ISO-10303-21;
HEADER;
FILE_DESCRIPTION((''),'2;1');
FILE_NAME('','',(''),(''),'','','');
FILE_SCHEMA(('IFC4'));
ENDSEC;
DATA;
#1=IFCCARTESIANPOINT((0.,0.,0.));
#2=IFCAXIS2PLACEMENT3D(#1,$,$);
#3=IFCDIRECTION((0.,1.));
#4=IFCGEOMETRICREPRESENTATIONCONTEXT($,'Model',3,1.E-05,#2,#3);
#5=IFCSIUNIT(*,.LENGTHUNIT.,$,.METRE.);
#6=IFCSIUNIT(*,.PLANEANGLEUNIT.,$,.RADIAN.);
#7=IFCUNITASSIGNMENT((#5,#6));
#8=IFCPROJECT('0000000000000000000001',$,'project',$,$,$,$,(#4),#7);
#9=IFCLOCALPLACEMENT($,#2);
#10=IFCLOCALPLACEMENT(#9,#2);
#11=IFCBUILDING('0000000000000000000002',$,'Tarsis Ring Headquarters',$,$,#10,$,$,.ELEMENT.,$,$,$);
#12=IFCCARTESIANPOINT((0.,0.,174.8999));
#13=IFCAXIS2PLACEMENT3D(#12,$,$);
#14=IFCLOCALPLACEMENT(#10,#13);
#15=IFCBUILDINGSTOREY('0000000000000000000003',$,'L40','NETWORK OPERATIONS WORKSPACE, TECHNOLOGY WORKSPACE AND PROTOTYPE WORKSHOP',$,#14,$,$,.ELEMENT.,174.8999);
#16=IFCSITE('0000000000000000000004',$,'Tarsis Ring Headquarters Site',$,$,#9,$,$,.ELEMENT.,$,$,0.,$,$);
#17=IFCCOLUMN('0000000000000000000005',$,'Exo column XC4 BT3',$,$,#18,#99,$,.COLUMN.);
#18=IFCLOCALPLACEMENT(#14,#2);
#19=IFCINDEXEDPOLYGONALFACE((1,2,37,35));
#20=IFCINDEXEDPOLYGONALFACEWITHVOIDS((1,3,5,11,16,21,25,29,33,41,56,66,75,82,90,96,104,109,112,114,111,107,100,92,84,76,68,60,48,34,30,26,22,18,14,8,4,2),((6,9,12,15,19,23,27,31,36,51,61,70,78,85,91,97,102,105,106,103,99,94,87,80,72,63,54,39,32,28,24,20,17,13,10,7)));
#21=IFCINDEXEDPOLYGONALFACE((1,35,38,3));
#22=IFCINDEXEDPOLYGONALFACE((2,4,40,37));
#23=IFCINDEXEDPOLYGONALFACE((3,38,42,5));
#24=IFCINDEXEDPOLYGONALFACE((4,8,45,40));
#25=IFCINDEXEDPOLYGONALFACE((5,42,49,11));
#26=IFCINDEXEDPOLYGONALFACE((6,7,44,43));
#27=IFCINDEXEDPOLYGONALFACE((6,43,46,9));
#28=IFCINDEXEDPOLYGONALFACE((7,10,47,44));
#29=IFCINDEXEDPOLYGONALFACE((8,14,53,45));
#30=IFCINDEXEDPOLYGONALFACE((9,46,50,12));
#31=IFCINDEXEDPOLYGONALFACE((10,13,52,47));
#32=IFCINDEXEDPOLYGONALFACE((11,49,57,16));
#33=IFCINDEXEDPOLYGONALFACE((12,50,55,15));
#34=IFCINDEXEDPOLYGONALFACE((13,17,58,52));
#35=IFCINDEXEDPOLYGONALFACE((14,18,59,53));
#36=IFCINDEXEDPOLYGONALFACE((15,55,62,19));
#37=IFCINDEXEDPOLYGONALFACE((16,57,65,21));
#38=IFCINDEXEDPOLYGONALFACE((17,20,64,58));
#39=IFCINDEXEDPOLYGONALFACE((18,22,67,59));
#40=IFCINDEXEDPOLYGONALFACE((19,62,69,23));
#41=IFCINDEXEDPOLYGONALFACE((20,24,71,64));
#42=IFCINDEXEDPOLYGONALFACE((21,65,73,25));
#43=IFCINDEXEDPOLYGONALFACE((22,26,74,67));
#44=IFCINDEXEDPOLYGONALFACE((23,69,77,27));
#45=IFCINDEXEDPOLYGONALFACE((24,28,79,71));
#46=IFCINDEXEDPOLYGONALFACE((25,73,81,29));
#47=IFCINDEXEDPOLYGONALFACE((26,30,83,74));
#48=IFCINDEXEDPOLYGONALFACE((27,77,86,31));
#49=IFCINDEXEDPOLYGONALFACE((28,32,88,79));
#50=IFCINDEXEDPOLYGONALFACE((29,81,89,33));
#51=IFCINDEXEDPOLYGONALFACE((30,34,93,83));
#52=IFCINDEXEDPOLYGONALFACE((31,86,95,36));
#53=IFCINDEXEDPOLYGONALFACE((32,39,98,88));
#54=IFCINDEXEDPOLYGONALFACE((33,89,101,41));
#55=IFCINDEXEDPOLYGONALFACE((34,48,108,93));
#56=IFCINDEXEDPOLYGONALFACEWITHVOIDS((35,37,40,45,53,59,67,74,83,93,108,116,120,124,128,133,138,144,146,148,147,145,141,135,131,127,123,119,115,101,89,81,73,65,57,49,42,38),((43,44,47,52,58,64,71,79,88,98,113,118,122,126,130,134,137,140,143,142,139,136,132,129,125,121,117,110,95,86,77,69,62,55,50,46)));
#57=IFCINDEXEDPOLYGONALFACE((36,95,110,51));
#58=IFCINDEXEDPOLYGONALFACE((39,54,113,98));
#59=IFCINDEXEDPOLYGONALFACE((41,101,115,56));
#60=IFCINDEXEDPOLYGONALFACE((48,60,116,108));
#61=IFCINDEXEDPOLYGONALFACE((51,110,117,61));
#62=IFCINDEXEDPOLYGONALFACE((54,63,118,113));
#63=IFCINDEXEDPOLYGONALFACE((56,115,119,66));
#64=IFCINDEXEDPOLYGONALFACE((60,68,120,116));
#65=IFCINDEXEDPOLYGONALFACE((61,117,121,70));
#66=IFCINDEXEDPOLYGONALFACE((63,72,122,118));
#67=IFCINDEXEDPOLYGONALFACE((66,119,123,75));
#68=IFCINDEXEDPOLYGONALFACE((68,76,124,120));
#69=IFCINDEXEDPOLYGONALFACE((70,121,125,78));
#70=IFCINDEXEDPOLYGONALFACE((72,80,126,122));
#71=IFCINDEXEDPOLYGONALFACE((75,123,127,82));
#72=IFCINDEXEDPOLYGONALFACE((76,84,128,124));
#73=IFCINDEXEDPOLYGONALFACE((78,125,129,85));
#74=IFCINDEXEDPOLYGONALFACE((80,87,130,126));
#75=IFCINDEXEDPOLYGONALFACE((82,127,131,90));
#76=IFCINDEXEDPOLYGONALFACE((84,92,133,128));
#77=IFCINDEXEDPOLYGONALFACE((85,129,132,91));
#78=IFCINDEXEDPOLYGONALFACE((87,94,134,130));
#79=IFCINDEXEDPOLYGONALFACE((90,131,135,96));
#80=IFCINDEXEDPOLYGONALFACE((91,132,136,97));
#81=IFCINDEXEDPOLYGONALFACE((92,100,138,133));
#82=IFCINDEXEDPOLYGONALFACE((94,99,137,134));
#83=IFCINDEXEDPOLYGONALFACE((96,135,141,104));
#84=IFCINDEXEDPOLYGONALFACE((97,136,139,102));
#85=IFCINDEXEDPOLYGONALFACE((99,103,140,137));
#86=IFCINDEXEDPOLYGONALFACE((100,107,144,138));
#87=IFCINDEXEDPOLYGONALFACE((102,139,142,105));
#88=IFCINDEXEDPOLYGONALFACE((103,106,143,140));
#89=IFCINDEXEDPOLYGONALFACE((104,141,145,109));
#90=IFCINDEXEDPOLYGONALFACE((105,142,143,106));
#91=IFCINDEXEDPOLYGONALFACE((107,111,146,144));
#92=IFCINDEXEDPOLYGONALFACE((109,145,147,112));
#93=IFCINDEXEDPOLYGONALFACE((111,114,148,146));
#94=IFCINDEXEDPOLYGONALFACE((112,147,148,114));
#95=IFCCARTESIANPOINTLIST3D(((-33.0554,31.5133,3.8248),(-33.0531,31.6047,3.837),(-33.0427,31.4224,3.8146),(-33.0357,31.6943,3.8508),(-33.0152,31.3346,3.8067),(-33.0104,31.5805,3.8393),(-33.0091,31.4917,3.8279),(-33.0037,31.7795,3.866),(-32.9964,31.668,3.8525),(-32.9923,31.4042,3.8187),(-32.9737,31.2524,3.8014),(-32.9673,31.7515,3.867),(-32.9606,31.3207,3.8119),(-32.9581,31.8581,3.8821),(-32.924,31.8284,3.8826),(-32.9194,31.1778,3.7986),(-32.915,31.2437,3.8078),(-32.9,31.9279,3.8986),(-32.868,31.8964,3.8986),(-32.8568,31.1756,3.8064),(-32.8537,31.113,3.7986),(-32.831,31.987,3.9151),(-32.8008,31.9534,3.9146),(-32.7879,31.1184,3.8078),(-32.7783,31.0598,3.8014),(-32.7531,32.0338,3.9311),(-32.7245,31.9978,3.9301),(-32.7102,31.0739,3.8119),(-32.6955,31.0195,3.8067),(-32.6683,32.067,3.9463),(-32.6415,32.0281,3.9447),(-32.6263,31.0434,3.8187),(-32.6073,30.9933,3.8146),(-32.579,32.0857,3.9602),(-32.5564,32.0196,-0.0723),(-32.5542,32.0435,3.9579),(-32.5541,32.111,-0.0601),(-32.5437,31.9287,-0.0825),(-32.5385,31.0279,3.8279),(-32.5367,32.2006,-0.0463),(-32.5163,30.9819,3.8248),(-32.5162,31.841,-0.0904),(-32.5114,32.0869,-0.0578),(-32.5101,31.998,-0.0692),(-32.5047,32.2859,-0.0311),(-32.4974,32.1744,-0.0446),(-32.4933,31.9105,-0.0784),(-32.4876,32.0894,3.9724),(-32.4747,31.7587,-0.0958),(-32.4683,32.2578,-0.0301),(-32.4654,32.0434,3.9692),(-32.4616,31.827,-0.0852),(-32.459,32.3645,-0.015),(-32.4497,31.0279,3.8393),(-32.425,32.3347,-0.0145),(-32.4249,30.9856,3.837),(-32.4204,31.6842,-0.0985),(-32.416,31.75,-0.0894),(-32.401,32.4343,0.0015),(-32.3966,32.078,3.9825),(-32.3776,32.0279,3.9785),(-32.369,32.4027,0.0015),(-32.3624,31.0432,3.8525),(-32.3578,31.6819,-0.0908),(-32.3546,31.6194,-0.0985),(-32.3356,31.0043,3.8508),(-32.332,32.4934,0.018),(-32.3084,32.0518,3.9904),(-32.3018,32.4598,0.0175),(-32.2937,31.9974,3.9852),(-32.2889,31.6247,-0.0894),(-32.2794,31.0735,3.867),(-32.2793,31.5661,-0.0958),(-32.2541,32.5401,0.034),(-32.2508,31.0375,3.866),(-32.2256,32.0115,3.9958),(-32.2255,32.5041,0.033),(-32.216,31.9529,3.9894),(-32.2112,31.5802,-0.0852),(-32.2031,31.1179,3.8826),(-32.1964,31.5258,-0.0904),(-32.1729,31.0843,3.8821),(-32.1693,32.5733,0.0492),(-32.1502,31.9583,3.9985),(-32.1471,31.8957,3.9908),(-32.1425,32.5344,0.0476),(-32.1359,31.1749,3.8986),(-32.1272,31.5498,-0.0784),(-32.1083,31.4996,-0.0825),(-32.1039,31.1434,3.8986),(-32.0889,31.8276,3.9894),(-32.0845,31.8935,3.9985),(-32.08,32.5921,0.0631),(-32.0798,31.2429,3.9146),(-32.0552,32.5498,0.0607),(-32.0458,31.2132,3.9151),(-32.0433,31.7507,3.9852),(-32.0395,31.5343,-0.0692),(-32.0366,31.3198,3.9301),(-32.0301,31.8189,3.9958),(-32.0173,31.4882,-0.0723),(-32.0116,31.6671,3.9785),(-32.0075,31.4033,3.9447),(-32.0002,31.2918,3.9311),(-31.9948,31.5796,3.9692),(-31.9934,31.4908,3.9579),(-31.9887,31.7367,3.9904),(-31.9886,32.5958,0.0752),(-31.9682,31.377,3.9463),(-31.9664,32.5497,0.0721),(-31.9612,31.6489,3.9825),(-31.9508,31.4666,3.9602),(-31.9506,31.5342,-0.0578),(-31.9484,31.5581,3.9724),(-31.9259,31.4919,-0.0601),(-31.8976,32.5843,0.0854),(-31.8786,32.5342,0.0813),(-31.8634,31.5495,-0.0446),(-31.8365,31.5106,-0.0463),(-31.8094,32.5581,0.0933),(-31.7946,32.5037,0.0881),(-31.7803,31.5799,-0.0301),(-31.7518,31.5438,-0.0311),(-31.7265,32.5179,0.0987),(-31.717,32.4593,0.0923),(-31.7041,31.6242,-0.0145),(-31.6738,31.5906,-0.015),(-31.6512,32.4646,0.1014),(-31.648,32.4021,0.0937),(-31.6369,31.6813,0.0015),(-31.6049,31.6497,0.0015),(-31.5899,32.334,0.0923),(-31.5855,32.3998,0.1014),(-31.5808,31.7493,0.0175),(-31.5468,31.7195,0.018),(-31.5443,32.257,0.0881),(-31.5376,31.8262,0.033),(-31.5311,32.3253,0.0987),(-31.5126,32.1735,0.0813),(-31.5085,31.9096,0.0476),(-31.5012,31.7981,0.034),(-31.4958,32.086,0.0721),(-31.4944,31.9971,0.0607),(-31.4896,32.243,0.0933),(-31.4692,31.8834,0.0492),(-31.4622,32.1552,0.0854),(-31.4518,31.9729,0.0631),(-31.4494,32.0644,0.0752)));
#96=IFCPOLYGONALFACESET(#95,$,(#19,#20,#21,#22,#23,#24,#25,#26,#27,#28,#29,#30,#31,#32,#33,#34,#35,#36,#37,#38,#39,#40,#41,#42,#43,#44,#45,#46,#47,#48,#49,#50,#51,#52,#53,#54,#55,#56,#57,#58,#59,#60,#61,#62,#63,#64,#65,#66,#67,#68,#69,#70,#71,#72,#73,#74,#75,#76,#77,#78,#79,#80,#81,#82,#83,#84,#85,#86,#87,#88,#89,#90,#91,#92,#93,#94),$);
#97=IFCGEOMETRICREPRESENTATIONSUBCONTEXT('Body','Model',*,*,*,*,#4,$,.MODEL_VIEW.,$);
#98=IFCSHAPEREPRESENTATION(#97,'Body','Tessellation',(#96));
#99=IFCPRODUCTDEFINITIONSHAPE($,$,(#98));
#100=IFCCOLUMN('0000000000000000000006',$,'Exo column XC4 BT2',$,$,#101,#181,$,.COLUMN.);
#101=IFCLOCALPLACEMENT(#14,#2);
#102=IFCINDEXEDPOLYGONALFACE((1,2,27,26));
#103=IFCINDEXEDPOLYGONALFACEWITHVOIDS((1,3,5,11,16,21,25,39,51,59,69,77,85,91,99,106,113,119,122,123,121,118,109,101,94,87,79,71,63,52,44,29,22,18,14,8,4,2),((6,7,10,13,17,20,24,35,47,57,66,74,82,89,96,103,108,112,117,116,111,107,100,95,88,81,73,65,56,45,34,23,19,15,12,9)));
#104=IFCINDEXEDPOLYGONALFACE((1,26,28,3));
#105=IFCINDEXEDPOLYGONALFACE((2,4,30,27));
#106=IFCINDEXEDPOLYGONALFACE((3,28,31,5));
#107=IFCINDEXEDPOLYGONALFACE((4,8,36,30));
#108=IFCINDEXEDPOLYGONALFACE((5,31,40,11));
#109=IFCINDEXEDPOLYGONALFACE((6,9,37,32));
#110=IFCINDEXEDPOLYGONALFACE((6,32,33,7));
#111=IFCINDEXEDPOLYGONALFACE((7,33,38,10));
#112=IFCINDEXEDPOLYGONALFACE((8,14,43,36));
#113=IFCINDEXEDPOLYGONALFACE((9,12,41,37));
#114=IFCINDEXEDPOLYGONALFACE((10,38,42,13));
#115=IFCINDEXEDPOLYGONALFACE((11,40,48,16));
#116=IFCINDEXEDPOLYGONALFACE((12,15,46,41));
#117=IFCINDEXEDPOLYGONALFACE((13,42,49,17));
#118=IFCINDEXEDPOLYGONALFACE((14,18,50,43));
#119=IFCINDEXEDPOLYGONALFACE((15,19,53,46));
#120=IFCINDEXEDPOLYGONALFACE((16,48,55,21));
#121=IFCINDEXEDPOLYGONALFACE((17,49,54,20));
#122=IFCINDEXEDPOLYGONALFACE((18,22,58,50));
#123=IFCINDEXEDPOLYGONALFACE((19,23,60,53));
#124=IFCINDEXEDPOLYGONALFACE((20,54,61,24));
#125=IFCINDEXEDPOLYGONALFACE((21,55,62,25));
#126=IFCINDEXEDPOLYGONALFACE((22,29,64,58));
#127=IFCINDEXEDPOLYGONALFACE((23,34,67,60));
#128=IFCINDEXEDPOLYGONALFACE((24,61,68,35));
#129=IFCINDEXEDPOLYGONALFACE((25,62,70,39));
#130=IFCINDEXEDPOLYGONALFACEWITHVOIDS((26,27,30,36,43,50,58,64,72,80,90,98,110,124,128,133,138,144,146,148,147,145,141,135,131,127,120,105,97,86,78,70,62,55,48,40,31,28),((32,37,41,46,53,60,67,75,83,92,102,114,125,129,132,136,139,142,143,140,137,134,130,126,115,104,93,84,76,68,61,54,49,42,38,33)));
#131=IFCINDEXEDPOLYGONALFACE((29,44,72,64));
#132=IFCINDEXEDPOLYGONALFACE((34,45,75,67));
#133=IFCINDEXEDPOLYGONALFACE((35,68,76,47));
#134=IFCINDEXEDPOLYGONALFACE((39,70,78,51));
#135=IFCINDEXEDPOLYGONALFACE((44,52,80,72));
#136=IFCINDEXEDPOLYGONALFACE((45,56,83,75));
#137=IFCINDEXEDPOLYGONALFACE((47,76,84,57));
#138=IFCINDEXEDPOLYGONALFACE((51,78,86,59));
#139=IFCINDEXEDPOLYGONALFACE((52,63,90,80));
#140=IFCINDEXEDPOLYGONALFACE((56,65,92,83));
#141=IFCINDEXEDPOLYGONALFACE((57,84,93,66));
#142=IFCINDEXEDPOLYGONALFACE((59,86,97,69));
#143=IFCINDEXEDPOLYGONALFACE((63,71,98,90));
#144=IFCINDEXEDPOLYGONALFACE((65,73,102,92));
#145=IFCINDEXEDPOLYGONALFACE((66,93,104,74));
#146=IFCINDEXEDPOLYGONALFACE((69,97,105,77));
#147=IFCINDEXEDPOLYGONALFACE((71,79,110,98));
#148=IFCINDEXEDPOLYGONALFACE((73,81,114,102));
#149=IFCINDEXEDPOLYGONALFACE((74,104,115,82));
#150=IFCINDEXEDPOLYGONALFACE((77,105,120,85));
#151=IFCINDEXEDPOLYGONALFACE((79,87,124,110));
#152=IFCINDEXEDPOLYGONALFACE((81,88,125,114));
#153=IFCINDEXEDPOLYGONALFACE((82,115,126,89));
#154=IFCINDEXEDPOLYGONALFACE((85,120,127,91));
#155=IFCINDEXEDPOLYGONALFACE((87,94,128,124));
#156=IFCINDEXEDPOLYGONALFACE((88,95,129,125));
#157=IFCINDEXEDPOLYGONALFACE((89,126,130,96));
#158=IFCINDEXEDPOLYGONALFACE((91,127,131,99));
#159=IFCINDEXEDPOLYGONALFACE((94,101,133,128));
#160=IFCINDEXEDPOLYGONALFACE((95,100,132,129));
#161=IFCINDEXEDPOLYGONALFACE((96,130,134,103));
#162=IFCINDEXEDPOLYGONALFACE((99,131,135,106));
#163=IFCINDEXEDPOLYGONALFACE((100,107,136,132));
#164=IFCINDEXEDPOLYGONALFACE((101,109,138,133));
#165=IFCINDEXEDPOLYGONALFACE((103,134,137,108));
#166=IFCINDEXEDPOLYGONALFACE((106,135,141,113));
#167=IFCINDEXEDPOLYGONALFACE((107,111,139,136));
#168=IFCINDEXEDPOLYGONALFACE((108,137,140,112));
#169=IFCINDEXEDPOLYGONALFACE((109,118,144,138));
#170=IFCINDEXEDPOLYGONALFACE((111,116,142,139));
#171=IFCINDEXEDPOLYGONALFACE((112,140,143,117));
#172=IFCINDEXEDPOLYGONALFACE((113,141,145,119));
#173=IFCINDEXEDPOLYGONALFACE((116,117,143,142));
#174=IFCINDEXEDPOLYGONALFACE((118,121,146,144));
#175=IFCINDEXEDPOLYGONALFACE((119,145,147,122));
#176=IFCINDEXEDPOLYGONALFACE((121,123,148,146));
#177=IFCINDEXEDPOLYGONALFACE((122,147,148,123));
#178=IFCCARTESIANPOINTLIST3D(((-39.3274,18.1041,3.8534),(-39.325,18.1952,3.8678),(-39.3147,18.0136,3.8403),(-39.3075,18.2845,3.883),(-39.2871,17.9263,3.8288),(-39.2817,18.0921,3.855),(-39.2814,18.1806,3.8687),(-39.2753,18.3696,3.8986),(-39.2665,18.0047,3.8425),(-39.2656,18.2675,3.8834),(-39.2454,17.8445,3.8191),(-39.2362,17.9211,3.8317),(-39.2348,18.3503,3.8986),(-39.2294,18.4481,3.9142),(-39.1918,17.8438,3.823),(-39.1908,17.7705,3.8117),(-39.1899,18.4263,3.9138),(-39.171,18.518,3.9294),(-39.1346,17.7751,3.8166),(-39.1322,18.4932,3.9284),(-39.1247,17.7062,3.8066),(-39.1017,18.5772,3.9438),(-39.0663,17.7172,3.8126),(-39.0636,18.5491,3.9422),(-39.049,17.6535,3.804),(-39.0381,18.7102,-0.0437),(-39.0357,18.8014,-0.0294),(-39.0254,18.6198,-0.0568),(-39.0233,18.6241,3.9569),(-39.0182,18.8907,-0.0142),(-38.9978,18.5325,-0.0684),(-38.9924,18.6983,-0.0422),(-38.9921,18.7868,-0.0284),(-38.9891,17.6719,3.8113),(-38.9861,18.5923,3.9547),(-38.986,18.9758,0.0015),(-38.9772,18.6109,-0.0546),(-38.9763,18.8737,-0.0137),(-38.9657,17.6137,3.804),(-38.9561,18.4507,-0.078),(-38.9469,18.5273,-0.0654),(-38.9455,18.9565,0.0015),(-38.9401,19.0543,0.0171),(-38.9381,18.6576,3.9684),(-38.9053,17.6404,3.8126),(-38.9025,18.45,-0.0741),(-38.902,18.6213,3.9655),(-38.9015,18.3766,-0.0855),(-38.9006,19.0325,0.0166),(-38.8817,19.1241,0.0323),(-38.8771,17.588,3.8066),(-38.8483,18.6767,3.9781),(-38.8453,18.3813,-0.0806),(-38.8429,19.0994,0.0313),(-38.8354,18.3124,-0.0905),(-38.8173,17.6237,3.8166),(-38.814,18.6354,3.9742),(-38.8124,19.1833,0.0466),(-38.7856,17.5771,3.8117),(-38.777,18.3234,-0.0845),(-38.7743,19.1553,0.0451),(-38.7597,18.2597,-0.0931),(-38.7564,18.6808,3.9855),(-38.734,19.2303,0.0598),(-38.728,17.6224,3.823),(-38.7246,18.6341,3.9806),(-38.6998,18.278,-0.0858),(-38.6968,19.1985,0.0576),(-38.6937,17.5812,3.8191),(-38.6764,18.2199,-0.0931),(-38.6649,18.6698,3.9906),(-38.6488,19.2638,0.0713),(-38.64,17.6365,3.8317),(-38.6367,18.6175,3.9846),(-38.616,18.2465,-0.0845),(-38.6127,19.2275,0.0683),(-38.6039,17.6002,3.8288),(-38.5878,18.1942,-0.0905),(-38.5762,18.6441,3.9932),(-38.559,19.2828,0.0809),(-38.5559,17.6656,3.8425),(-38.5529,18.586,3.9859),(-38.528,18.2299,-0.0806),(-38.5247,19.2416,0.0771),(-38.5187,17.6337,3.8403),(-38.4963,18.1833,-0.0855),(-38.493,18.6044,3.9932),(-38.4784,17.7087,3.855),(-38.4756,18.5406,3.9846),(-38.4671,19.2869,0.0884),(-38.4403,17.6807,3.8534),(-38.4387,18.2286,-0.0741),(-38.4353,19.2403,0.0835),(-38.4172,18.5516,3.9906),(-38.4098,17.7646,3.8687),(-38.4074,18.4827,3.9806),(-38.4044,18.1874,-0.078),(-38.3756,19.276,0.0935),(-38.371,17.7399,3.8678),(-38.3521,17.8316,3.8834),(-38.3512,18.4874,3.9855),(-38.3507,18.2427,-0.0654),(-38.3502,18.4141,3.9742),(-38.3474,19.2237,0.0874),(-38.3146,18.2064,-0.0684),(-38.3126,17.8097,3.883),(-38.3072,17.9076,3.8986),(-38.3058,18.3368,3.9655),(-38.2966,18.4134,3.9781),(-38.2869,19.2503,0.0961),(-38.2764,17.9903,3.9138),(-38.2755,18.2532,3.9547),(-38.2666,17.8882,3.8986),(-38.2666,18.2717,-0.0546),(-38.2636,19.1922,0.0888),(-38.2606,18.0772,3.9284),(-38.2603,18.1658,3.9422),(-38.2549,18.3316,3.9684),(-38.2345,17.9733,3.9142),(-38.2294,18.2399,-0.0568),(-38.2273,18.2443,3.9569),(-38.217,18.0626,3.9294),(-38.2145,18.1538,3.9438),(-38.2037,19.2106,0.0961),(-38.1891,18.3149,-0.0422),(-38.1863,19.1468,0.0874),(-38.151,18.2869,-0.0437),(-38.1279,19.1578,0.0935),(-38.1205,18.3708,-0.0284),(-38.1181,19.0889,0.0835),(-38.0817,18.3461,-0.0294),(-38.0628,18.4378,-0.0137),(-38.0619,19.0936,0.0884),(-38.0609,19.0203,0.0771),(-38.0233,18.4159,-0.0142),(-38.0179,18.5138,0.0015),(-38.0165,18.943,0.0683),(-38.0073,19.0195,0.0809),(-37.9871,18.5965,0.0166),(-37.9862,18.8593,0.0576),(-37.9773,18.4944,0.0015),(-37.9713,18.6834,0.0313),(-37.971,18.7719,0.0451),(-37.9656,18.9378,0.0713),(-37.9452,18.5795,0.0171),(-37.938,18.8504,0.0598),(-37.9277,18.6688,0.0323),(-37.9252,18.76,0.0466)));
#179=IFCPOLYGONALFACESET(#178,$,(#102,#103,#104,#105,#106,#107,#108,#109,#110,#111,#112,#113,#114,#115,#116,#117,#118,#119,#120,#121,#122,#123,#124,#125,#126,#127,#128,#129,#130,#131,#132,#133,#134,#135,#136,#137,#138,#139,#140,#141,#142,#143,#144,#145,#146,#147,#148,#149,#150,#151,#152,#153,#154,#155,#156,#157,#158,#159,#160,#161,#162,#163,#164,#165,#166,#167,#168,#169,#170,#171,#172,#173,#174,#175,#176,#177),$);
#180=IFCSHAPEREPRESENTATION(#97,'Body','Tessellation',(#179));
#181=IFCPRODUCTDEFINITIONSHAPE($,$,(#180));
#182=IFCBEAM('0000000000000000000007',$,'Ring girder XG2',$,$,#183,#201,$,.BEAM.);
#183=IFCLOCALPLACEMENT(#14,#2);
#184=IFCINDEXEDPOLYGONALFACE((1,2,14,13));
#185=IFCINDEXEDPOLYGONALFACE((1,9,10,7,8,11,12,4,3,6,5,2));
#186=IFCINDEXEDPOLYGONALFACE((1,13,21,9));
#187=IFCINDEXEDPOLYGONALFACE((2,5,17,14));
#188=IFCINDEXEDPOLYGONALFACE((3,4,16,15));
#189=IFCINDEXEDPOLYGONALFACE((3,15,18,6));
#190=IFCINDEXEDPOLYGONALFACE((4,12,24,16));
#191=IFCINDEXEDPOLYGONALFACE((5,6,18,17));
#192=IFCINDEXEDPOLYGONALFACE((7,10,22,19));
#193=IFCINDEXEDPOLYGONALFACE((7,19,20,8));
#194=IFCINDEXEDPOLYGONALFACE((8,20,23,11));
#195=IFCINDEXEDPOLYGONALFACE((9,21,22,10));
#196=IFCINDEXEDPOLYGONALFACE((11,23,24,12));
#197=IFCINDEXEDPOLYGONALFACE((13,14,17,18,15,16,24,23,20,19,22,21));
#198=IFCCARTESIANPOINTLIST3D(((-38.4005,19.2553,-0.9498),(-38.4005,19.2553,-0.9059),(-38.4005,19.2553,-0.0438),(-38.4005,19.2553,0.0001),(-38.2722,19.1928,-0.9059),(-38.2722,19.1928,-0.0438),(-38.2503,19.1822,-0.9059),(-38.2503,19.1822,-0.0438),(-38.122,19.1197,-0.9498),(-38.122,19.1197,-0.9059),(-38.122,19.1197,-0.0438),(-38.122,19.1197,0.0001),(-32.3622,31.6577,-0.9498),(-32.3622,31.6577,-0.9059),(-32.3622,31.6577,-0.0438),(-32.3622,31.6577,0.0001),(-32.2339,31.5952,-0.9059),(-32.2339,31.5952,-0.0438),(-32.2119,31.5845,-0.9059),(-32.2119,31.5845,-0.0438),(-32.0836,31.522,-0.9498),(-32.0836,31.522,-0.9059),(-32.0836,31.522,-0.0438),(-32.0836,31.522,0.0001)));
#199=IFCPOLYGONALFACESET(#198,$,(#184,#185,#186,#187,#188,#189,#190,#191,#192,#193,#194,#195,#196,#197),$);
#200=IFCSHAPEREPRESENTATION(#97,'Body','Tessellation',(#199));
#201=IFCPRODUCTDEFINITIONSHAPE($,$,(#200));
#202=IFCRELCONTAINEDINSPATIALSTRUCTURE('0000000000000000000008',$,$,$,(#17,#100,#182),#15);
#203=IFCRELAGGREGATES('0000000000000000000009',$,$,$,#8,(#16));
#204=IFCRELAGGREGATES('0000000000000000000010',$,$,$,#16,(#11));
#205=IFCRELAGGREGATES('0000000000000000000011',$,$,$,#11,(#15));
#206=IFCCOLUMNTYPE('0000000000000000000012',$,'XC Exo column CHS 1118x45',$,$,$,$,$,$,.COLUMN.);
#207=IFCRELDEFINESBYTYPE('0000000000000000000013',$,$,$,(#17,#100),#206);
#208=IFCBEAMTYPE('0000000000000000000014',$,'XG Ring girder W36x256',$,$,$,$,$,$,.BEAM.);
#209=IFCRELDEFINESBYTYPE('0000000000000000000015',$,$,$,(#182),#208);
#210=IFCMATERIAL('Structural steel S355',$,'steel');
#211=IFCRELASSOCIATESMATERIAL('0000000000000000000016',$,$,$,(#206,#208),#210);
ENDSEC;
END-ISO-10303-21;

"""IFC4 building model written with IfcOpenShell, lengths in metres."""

from ifc_helpers import new_model, si_unit, direction, frame, origin, origin_2d, place, context, subcontext, project, spatial, hollow_circle, i_section, extrude, material, material_profile, profile_set, type_object, element, save


model = new_model("IFC4")

# Units and contexts
model_context = context("Model", 3, precision=1e-05, world=origin(), true_north=direction((0.0, 1.0)))
body_context = subcontext(model_context, "Body", "Model", "MODEL_VIEW")
ifc_project = project(units=[si_unit("LENGTHUNIT", "METRE"), si_unit("PLANEANGLEUNIT", "RADIAN")], contexts=[model_context])

# Site, building, storey
site_placement = place(None, origin())
site = spatial("IfcSite", under=ifc_project, at=site_placement, Name="Tarsis Ring Headquarters Site", CompositionType="ELEMENT", RefElevation=0.0)
building_placement = place(site_placement, origin())
building = spatial("IfcBuilding", under=site, at=building_placement, Name="Tarsis Ring Headquarters", CompositionType="ELEMENT")
storey_placement = place(building_placement, frame((0.0, 0.0, 174.8999)))
storey = spatial("IfcBuildingStorey", under=building, at=storey_placement, Name="L40", Description="NETWORK OPERATIONS WORKSPACE, TECHNOLOGY WORKSPACE AND PROTOTYPE WORKSHOP", CompositionType="ELEMENT", Elevation=174.8999)

# Columns
ifc_material_1 = material(Name="Structural steel S355", Category="steel")
ifc_material_profile_1 = material_profile(ifc_material_1, hollow_circle(Radius=0.5588, WallThickness=0.0449, at=origin_2d()), Name="CHS 1118x45")
ifc_profile_set_1 = profile_set([ifc_material_profile_1], Name="Structural steel S355")
column_type = type_object("IfcColumnType", Name="XC Exo column CHS 1118x45", PredefinedType="COLUMN", material=ifc_profile_set_1)
column_1_placement = place(storey_placement, frame((-32.0029, 32.042, 0.0015), z_axis=(-0.125967, -0.127816, 0.983766), x_axis=(0.712239, -0.701937, 0.0)))
element("IfcColumn", 1, at=column_1_placement, inside=storey, type_object=column_type, Name="Exo column XC4 BT3", PredefinedType="COLUMN", context=body_context, shape_type="SweptSolid", body=[
    extrude(hollow_circle(Radius=0.5588, WallThickness=0.0449, at=origin_2d()), origin(), (0.0, 0.0, 1.0), 3.9614),
])
column_2_placement = place(storey_placement, frame((-38.4817, 18.7351, 0.0015), z_axis=(-0.073156, -0.153287, 0.98547), x_axis=(0.902491, -0.430709, 0.0)))
element("IfcColumn", 2, at=column_2_placement, inside=storey, type_object=column_type, Name="Exo column XC4 BT2", PredefinedType="COLUMN", context=body_context, shape_type="SweptSolid", body=[
    extrude(hollow_circle(Radius=0.5588, WallThickness=0.0449, at=origin_2d()), origin(), (0.0, 0.0, 1.0), 3.9546),
])

# Beam
ifc_material_profile_2 = material_profile(ifc_material_1, i_section(OverallWidth=0.3098, OverallDepth=0.95, WebThickness=0.0244, FlangeThickness=0.0439, at=origin_2d()), Name="W36x256")
ifc_profile_set_2 = profile_set([ifc_material_profile_2], Name="Structural steel S355")
beam_type = type_object("IfcBeamType", Name="XG Ring girder W36x256", PredefinedType="BEAM", material=ifc_profile_set_2)
for number, where, z_axis, x_axis, name in (
    (3, (-32.2229, 31.5898, -0.4749), (-0.437745, -0.899099, 0.0), (0.899099, -0.437745, 0.0), "Ring girder XG2"),
):
    element("IfcBeam", number, at=place(storey_placement, frame(where, z_axis=z_axis, x_axis=x_axis)), inside=storey, type_object=beam_type, Name=name, PredefinedType="BEAM", context=body_context, shape_type="SweptSolid", body=[
        extrude(i_section(OverallWidth=0.3098, OverallDepth=0.95, WebThickness=0.0244, FlangeThickness=0.0439, at=origin_2d()), origin(), (0.0, 0.0, 1.0), 13.7942),
    ])

save(model, "model.ifc")
